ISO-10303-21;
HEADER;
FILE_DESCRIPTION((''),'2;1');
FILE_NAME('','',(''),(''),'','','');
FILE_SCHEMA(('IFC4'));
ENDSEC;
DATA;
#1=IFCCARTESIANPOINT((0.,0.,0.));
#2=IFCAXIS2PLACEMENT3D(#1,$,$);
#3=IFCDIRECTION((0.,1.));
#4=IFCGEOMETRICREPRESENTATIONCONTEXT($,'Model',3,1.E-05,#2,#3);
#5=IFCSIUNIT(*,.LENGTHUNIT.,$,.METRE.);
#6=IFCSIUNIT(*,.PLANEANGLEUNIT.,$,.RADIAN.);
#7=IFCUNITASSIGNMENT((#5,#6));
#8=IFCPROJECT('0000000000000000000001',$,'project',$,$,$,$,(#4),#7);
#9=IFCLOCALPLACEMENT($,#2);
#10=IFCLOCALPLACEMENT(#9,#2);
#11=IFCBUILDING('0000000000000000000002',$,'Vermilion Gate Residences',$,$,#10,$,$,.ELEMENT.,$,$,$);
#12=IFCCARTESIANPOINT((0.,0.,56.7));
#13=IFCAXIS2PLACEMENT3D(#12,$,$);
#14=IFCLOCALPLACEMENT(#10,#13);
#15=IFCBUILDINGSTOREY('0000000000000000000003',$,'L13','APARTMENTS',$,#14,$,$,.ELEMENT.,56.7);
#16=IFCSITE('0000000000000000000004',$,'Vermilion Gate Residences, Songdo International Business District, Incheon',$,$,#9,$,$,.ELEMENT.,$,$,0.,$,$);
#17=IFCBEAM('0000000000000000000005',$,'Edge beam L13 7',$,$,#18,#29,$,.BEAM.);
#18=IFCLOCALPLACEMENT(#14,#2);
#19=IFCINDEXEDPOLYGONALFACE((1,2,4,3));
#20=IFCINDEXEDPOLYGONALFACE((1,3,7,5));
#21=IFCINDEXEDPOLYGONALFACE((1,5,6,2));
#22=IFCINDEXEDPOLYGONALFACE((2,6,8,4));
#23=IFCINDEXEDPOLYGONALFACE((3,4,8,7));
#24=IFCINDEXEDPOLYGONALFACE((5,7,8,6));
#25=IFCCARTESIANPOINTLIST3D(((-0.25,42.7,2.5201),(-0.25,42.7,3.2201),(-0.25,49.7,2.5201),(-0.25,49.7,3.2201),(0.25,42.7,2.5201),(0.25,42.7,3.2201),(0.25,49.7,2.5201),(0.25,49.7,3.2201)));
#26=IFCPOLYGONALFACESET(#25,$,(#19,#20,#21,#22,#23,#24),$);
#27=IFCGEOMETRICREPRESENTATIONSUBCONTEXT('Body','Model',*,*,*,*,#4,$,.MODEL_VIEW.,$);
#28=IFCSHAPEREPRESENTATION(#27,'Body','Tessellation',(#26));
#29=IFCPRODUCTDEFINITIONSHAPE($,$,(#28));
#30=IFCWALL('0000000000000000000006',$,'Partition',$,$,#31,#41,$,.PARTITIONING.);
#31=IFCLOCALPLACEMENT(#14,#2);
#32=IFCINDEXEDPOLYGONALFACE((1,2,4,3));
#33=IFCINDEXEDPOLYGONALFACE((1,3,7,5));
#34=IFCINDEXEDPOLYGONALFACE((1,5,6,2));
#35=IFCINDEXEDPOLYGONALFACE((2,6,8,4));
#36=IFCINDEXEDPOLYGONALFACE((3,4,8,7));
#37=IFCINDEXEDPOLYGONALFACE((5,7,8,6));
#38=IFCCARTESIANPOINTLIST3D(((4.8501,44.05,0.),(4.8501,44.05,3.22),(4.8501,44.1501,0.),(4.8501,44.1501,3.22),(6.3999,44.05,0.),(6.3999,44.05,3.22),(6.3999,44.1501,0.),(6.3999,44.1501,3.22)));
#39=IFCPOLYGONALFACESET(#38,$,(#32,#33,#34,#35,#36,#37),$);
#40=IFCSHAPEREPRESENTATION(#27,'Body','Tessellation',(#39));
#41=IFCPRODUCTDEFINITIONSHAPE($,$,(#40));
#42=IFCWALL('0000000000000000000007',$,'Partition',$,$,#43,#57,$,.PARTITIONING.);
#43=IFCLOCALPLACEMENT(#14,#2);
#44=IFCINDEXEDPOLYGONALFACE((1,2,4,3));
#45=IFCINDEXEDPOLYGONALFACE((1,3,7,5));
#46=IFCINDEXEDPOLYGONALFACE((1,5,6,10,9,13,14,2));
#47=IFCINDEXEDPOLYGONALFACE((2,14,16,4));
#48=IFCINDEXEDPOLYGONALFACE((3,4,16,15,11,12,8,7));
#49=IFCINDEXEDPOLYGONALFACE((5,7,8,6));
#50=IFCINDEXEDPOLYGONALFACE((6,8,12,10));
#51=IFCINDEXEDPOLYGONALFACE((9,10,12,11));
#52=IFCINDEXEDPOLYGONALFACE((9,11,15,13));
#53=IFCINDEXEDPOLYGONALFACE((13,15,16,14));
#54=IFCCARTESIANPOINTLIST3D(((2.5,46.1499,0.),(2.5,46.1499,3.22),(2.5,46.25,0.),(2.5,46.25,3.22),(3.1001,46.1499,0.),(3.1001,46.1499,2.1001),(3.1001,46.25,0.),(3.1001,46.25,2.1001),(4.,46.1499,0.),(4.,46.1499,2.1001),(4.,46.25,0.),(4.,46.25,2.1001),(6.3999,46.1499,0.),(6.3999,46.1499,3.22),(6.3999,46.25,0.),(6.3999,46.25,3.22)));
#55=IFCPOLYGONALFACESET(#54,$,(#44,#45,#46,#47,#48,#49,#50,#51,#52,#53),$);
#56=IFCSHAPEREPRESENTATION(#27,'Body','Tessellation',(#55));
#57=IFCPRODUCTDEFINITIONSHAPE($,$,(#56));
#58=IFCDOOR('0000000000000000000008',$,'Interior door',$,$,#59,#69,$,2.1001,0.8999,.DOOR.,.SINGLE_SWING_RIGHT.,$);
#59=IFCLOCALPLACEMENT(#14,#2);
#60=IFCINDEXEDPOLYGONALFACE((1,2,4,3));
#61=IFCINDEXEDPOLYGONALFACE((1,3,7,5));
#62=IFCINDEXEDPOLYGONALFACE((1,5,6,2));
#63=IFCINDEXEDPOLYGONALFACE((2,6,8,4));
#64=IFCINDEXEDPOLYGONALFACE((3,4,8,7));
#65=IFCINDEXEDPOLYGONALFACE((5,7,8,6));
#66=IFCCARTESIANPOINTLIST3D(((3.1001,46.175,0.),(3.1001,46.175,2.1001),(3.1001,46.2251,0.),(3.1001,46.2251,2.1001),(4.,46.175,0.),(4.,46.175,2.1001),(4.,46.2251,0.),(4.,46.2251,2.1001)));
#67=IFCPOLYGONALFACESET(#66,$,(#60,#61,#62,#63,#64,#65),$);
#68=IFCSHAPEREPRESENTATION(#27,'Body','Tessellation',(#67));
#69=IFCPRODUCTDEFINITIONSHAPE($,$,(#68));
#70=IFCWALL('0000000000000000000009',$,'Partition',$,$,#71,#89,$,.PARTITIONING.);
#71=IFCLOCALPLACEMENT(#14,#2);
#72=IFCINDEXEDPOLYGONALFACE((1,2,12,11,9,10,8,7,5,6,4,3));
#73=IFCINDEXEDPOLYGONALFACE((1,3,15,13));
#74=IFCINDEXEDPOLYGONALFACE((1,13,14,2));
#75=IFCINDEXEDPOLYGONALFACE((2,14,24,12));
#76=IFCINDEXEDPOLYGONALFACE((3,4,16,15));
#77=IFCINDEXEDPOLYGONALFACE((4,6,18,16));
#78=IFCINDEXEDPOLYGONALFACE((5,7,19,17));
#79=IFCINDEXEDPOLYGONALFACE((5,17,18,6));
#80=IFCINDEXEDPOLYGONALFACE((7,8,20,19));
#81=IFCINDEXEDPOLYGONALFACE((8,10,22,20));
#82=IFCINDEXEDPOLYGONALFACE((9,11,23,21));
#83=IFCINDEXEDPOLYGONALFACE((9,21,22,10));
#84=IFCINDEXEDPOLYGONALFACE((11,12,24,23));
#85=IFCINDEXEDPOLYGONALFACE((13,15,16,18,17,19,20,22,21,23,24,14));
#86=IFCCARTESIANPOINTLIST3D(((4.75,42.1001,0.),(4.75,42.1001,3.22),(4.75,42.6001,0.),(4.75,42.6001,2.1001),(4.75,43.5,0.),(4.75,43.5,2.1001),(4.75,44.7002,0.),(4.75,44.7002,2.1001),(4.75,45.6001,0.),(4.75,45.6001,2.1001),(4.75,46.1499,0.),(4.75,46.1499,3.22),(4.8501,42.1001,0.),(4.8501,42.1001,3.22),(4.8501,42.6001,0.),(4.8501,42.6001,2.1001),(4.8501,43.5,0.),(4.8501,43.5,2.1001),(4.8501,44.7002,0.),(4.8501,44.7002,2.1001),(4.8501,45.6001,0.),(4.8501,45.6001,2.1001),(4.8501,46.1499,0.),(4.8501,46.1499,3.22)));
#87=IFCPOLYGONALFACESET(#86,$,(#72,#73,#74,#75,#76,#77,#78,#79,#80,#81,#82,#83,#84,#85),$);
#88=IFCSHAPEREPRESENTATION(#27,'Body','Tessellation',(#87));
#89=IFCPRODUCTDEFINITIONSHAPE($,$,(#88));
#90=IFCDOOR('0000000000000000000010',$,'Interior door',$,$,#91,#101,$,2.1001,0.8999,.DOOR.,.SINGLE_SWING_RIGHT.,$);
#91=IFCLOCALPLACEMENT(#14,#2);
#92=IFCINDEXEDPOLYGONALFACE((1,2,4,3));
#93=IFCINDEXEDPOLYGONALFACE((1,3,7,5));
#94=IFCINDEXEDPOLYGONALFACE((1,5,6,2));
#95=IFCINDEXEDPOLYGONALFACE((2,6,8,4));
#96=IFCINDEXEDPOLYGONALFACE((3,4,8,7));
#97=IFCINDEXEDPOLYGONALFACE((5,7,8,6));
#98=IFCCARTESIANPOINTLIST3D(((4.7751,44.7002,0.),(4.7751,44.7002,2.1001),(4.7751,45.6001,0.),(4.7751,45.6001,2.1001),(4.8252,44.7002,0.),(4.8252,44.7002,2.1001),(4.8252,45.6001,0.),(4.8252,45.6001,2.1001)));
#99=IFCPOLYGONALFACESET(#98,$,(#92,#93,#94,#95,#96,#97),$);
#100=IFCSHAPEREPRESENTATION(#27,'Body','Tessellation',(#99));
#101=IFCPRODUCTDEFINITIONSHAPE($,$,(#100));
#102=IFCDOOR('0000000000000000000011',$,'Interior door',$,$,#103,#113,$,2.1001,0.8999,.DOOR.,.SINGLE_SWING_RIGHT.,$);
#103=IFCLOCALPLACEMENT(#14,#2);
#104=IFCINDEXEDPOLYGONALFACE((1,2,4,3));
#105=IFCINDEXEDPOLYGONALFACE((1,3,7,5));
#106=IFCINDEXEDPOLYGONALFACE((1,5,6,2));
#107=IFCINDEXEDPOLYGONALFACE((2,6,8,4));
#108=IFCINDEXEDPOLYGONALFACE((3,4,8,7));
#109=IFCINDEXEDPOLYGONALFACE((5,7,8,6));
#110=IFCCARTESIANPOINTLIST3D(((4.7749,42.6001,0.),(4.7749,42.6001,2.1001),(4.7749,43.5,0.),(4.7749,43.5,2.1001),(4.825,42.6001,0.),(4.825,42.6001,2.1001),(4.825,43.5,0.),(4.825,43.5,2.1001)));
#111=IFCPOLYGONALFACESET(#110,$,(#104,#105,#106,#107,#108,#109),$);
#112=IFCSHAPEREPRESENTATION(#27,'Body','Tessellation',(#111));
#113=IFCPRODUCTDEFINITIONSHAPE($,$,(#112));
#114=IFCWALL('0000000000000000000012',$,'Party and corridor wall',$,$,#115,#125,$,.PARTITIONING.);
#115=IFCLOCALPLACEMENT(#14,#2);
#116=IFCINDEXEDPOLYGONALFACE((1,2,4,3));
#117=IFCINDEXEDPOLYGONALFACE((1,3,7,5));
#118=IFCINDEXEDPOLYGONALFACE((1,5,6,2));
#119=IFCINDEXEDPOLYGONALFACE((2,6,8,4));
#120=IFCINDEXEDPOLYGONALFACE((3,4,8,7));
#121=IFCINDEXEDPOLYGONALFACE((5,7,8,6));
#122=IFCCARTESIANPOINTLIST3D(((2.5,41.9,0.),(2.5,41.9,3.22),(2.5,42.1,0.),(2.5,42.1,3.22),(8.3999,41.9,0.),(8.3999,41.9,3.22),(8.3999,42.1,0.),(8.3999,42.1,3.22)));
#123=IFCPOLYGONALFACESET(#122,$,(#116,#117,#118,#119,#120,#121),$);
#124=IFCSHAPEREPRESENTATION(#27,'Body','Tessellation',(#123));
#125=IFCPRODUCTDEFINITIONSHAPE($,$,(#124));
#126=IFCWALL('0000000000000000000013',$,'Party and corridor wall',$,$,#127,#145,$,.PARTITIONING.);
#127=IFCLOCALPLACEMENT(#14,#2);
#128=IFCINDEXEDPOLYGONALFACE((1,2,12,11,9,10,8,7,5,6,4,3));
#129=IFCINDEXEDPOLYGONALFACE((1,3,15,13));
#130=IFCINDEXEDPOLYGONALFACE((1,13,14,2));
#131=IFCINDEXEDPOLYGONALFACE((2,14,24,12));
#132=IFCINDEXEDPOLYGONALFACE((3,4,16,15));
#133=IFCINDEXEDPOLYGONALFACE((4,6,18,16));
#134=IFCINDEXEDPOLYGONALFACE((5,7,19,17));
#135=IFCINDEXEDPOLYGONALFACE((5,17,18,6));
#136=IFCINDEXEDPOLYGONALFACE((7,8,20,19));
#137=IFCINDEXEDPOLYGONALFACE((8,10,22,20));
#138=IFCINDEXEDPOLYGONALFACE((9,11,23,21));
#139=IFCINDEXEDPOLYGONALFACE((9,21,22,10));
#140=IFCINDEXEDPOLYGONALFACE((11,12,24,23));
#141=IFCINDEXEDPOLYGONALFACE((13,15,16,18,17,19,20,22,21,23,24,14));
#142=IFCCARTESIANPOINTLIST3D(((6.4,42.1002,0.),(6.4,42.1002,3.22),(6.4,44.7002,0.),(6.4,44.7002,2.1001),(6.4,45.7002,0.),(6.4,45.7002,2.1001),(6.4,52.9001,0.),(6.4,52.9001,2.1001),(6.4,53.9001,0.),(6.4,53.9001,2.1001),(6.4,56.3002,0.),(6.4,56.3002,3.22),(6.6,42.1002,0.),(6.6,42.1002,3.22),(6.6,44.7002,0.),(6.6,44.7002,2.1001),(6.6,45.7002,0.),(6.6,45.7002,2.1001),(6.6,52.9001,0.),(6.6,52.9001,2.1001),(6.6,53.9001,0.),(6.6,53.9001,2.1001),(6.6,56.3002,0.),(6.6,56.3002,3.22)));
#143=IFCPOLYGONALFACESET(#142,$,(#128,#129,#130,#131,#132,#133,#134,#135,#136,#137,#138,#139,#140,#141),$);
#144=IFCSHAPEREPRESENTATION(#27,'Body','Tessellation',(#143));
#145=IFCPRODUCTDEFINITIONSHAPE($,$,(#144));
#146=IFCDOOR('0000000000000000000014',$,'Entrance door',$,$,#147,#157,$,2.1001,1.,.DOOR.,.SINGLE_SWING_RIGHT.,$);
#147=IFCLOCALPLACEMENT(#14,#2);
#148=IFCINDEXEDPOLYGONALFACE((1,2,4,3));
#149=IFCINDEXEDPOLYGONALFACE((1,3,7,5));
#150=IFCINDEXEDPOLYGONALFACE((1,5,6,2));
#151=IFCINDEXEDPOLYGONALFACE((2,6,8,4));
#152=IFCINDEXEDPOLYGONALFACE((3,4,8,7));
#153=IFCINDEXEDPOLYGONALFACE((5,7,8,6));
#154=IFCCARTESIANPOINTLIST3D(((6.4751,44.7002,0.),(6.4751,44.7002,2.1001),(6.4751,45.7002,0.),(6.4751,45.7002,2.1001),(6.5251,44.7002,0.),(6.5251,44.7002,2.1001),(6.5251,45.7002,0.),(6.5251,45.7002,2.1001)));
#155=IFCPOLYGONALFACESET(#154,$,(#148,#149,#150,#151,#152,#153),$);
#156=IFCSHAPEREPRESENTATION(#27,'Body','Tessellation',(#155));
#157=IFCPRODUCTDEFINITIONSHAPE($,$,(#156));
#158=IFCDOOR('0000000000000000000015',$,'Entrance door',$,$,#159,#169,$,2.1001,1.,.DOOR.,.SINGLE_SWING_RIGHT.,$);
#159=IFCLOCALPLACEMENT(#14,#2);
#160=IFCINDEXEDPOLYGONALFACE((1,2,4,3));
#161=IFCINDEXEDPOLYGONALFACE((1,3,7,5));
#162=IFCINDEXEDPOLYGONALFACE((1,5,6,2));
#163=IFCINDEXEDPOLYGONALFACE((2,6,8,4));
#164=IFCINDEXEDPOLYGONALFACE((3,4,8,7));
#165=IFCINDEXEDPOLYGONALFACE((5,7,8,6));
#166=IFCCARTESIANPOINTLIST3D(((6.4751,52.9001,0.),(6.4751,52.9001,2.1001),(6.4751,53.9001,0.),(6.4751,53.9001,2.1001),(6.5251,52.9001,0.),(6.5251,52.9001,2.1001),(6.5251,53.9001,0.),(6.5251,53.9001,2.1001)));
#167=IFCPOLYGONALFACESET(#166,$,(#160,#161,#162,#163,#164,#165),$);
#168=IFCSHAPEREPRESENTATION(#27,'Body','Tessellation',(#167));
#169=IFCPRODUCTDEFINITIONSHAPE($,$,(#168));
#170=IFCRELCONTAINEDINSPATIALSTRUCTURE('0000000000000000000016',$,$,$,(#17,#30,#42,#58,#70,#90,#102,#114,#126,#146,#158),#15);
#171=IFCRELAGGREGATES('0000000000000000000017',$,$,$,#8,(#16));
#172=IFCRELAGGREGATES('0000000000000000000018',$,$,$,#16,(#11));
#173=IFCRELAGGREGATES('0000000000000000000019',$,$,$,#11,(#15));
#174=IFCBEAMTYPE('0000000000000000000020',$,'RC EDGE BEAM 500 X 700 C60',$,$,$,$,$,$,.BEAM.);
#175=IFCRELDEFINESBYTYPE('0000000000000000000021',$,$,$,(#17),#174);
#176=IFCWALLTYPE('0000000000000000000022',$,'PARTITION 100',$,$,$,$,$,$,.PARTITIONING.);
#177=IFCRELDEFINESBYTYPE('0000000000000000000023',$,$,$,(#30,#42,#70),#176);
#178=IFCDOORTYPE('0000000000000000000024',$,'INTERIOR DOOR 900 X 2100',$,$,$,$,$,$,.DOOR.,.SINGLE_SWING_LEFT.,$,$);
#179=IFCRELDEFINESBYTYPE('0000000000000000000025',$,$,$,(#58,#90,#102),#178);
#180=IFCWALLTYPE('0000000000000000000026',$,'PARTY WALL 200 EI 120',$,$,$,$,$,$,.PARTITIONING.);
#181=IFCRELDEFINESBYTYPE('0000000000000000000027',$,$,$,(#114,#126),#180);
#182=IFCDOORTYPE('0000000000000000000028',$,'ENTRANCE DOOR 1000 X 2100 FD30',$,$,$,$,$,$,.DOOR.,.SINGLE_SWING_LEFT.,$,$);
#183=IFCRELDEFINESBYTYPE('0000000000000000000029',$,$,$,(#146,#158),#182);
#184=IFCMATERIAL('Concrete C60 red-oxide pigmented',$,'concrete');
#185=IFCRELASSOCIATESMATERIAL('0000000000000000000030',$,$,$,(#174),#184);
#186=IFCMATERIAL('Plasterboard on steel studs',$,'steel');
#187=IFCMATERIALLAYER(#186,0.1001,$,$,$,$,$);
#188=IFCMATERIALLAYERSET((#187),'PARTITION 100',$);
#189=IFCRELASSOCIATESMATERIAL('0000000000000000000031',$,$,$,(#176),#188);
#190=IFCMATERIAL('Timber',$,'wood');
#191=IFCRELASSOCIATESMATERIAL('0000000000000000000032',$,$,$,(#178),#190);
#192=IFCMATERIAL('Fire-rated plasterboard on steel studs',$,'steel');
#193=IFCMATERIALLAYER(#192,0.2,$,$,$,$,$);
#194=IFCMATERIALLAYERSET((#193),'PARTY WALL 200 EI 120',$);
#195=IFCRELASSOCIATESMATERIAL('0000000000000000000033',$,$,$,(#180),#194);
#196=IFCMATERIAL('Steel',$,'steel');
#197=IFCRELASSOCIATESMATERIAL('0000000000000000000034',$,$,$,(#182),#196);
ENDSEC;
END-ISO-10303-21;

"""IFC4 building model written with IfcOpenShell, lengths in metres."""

from ifc_helpers import new_model, si_unit, direction, frame, frame_2d, origin, origin_2d, place, context, subcontext, project, spatial, rectangle, extrude, material, layer, layer_set, material_profile, profile_set, type_object, element, fill, save


model = new_model("IFC4")

# Units and contexts
model_context = context("Model", 3, precision=1e-05, world=origin(), true_north=direction((0.0, 1.0)))
body_context = subcontext(model_context, "Body", "Model", "MODEL_VIEW")
ifc_project = project(units=[si_unit("LENGTHUNIT", "METRE"), si_unit("PLANEANGLEUNIT", "RADIAN")], contexts=[model_context])

# Site, building, storey
site_placement = place(None, origin())
site = spatial("IfcSite", under=ifc_project, at=site_placement, Name="Vermilion Gate Residences, Songdo International Business District, Incheon", CompositionType="ELEMENT", RefElevation=0.0)
building_placement = place(site_placement, origin())
building = spatial("IfcBuilding", under=site, at=building_placement, Name="Vermilion Gate Residences", CompositionType="ELEMENT")
storey_placement = place(building_placement, frame((0.0, 0.0, 56.7)))
storey = spatial("IfcBuildingStorey", under=building, at=storey_placement, Name="L13", Description="APARTMENTS", CompositionType="ELEMENT", Elevation=56.7)

# Beam
ifc_material_1 = material(Name="Concrete C60 red-oxide pigmented", Category="concrete")
ifc_material_profile_1 = material_profile(ifc_material_1, rectangle(XDim=0.5, YDim=0.7, at=origin_2d()), Name="RC-500x700")
ifc_profile_set_1 = profile_set([ifc_material_profile_1], Name="Concrete C60 red-oxide pigmented")
beam_type = type_object("IfcBeamType", Name="RC EDGE BEAM 500 X 700 C60", PredefinedType="BEAM", material=ifc_profile_set_1)
beam_placement = place(storey_placement, frame((0.0, 42.7, 2.8701), z_axis=(0.0, 1.0, 0.0), x_axis=(-1.0, 0.0, 0.0)))
element("IfcBeam", 1, at=beam_placement, inside=storey, type_object=beam_type, Name="Edge beam L13 7", PredefinedType="BEAM", context=body_context, shape_type="SweptSolid", body=[
    extrude(rectangle(XDim=0.5, YDim=0.7, at=origin_2d()), origin(), (0.0, 0.0, 1.0), 7.0),
])

# Wall
ifc_material_2 = material(Name="Plasterboard on steel studs", Category="steel")
ifc_layer_1 = layer(ifc_material_2, 0.1001)
ifc_layer_set_1 = layer_set([ifc_layer_1], Name="PARTITION 100")
wall_type_1 = type_object("IfcWallType", Name="PARTITION 100", PredefinedType="PARTITIONING", material=ifc_layer_set_1)
wall_1_placement = place(storey_placement, frame((4.8501, 44.1001, 0.0), z_axis=(0.0, 0.0, 1.0), x_axis=(1.0, 0.0, 0.0)))
element("IfcWall", 2, at=wall_1_placement, inside=storey, type_object=wall_type_1, Name="Partition", PredefinedType="PARTITIONING", context=body_context, shape_type="SweptSolid", body=[
    extrude(rectangle(XDim=1.5498, YDim=0.1001, at=frame_2d((0.7749, 0.0))), origin(), (0.0, 0.0, 1.0), 3.22),
])

# Wall, opening, door
wall_2_placement = place(storey_placement, frame((2.5, 46.2, 0.0), z_axis=(0.0, 0.0, 1.0), x_axis=(1.0, 0.0, 0.0)))
wall_2 = element("IfcWall", 3, at=wall_2_placement, inside=storey, type_object=wall_type_1, Name="Partition", PredefinedType="PARTITIONING", context=body_context, shape_type="SweptSolid", body=[
    extrude(rectangle(XDim=3.8999, YDim=0.1001, at=frame_2d((1.95, 0.0))), origin(), (0.0, 0.0, 1.0), 3.22),
])
opening_1_placement = place(wall_2_placement, frame((0.6001, 0.0, 0.0)))
opening_1 = element("IfcOpeningElement", 4, at=opening_1_placement, cuts=wall_2, PredefinedType="OPENING", context=body_context, shape_type="SweptSolid", body=[
    extrude(rectangle(XDim=0.8999, YDim=2.1001, at=frame_2d((0.45, 1.05))), frame((0.0, 0.0601, 0.0), z_axis=(0.0, -1.0, 0.0), x_axis=(1.0, 0.0, 0.0)), (0.0, 0.0, 1.0), 0.1201),
])
ifc_material_3 = material(Name="Timber", Category="wood")
door_type_1 = type_object("IfcDoorType", Name="INTERIOR DOOR 900 X 2100", OperationType="SINGLE_SWING_LEFT", PredefinedType="DOOR", material=ifc_material_3)
door_1_placement = place(opening_1_placement, frame((0.8999, 0.0, 0.0), z_axis=(0.0, 0.0, 1.0), x_axis=(-1.0, 0.0, 0.0)))
door_1 = element("IfcDoor", 5, at=door_1_placement, inside=storey, type_object=door_type_1, Name="Interior door", OperationType="SINGLE_SWING_RIGHT", OverallHeight=2.1001, OverallWidth=0.8999, PredefinedType="DOOR", context=body_context, shape_type="SweptSolid", body=[
    extrude(rectangle(XDim=0.8999, YDim=2.1001, at=frame_2d((0.45, 1.05))), frame((0.0, 0.0249, 0.0), z_axis=(0.0, -1.0, 0.0), x_axis=(1.0, 0.0, 0.0)), (0.0, 0.0, 1.0), 0.05),
])
fill(opening_1, door_1)

# Wall, openings, doors
wall_3_placement = place(storey_placement, frame((4.8, 42.1001, 0.0), z_axis=(0.0, 0.0, 1.0), x_axis=(0.0, 1.0, 0.0)))
wall_3 = element("IfcWall", 6, at=wall_3_placement, inside=storey, type_object=wall_type_1, Name="Partition", PredefinedType="PARTITIONING", context=body_context, shape_type="SweptSolid", body=[
    extrude(rectangle(XDim=4.0498, YDim=0.1001, at=frame_2d((2.0249, 0.0))), origin(), (0.0, 0.0, 1.0), 3.22),
])
opening_2_placement = place(wall_3_placement, frame((2.6001, 0.0, 0.0)))
opening_2 = element("IfcOpeningElement", 7, at=opening_2_placement, cuts=wall_3, PredefinedType="OPENING", context=body_context, shape_type="SweptSolid", body=[
    extrude(rectangle(XDim=0.8999, YDim=2.1001, at=frame_2d((0.45, 1.05))), frame((0.0, 0.0601, 0.0), z_axis=(0.0, -1.0, 0.0), x_axis=(1.0, 0.0, 0.0)), (0.0, 0.0, 1.0), 0.1201),
])
opening_3_placement = place(wall_3_placement, frame((0.5, 0.0, 0.0)))
opening_3 = element("IfcOpeningElement", 8, at=opening_3_placement, cuts=wall_3, PredefinedType="OPENING", context=body_context, shape_type="SweptSolid", body=[
    extrude(rectangle(XDim=0.8999, YDim=2.1001, at=frame_2d((0.45, 1.05))), frame((0.0, 0.0601, 0.0), z_axis=(0.0, -1.0, 0.0), x_axis=(1.0, 0.0, 0.0)), (0.0, 0.0, 1.0), 0.1201),
])
door_2_placement = place(opening_2_placement, origin())
door_2 = element("IfcDoor", 9, at=door_2_placement, inside=storey, type_object=door_type_1, Name="Interior door", OperationType="SINGLE_SWING_RIGHT", OverallHeight=2.1001, OverallWidth=0.8999, PredefinedType="DOOR", context=body_context, shape_type="SweptSolid", body=[
    extrude(rectangle(XDim=0.8999, YDim=2.1001, at=frame_2d((0.45, 1.05))), frame((0.0, 0.0249, 0.0), z_axis=(0.0, -1.0, 0.0), x_axis=(1.0, 0.0, 0.0)), (0.0, 0.0, 1.0), 0.05),
])
fill(opening_2, door_2)
door_3_placement = place(opening_3_placement, frame((0.8999, 0.0, 0.0), z_axis=(0.0, 0.0, 1.0), x_axis=(-1.0, 0.0, 0.0)))
door_3 = element("IfcDoor", 10, at=door_3_placement, inside=storey, type_object=door_type_1, Name="Interior door", OperationType="SINGLE_SWING_RIGHT", OverallHeight=2.1001, OverallWidth=0.8999, PredefinedType="DOOR", context=body_context, shape_type="SweptSolid", body=[
    extrude(rectangle(XDim=0.8999, YDim=2.1001, at=frame_2d((0.45, 1.05))), frame((0.0, 0.0249, 0.0), z_axis=(0.0, -1.0, 0.0), x_axis=(1.0, 0.0, 0.0)), (0.0, 0.0, 1.0), 0.05),
])
fill(opening_3, door_3)

# Wall
ifc_material_4 = material(Name="Fire-rated plasterboard on steel studs", Category="steel")
ifc_layer_2 = layer(ifc_material_4, 0.2)
ifc_layer_set_2 = layer_set([ifc_layer_2], Name="PARTY WALL 200 EI 120")
wall_type_2 = type_object("IfcWallType", Name="PARTY WALL 200 EI 120", PredefinedType="PARTITIONING", material=ifc_layer_set_2)
wall_4_placement = place(storey_placement, frame((2.5, 42.0, 0.0), z_axis=(0.0, 0.0, 1.0), x_axis=(1.0, 0.0, 0.0)))
element("IfcWall", 11, at=wall_4_placement, inside=storey, type_object=wall_type_2, Name="Party and corridor wall", PredefinedType="PARTITIONING", context=body_context, shape_type="SweptSolid", body=[
    extrude(rectangle(XDim=5.8999, YDim=0.2, at=frame_2d((2.95, 0.0))), origin(), (0.0, 0.0, 1.0), 3.22),
])

# Wall, openings, doors
wall_5_placement = place(storey_placement, frame((6.5, 42.1001, 0.0), z_axis=(0.0, 0.0, 1.0), x_axis=(0.0, 1.0, 0.0)))
wall_5 = element("IfcWall", 12, at=wall_5_placement, inside=storey, type_object=wall_type_2, Name="Party and corridor wall", PredefinedType="PARTITIONING", context=body_context, shape_type="SweptSolid", body=[
    extrude(rectangle(XDim=14.2, YDim=0.2, at=frame_2d((7.1001, 0.0))), origin(), (0.0, 0.0, 1.0), 3.22),
])
opening_4_placement = place(wall_5_placement, frame((2.6001, 0.0, 0.0)))
opening_4 = element("IfcOpeningElement", 13, at=opening_4_placement, cuts=wall_5, PredefinedType="OPENING", context=body_context, shape_type="SweptSolid", body=[
    extrude(rectangle(XDim=1.0, YDim=2.1001, at=frame_2d((0.5, 1.05))), frame((0.0, 0.1099, 0.0), z_axis=(0.0, -1.0, 0.0), x_axis=(1.0, 0.0, 0.0)), (0.0, 0.0, 1.0), 0.22),
])
opening_5_placement = place(wall_5_placement, frame((10.8, 0.0, 0.0)))
opening_5 = element("IfcOpeningElement", 14, at=opening_5_placement, cuts=wall_5, PredefinedType="OPENING", context=body_context, shape_type="SweptSolid", body=[
    extrude(rectangle(XDim=1.0, YDim=2.1001, at=frame_2d((0.5, 1.05))), frame((0.0, 0.1099, 0.0), z_axis=(0.0, -1.0, 0.0), x_axis=(1.0, 0.0, 0.0)), (0.0, 0.0, 1.0), 0.22),
])
ifc_material_5 = material(Name="Steel", Category="steel")
door_type_2 = type_object("IfcDoorType", Name="ENTRANCE DOOR 1000 X 2100 FD30", OperationType="SINGLE_SWING_LEFT", PredefinedType="DOOR", material=ifc_material_5)
door_4_placement = place(opening_4_placement, origin())
door_4 = element("IfcDoor", 15, at=door_4_placement, inside=storey, type_object=door_type_2, Name="Entrance door", OperationType="SINGLE_SWING_RIGHT", OverallHeight=2.1001, OverallWidth=1.0, PredefinedType="DOOR", context=body_context, shape_type="SweptSolid", body=[
    extrude(rectangle(XDim=1.0, YDim=2.1001, at=frame_2d((0.5, 1.05))), frame((0.0, 0.0249, 0.0), z_axis=(0.0, -1.0, 0.0), x_axis=(1.0, 0.0, 0.0)), (0.0, 0.0, 1.0), 0.05),
])
fill(opening_4, door_4)
door_5_placement = place(opening_5_placement, origin())
door_5 = element("IfcDoor", 16, at=door_5_placement, inside=storey, type_object=door_type_2, Name="Entrance door", OperationType="SINGLE_SWING_RIGHT", OverallHeight=2.1001, OverallWidth=1.0, PredefinedType="DOOR", context=body_context, shape_type="SweptSolid", body=[
    extrude(rectangle(XDim=1.0, YDim=2.1001, at=frame_2d((0.5, 1.05))), frame((0.0, 0.0249, 0.0), z_axis=(0.0, -1.0, 0.0), x_axis=(1.0, 0.0, 0.0)), (0.0, 0.0, 1.0), 0.05),
])
fill(opening_5, door_5)

save(model, "model.ifc")
